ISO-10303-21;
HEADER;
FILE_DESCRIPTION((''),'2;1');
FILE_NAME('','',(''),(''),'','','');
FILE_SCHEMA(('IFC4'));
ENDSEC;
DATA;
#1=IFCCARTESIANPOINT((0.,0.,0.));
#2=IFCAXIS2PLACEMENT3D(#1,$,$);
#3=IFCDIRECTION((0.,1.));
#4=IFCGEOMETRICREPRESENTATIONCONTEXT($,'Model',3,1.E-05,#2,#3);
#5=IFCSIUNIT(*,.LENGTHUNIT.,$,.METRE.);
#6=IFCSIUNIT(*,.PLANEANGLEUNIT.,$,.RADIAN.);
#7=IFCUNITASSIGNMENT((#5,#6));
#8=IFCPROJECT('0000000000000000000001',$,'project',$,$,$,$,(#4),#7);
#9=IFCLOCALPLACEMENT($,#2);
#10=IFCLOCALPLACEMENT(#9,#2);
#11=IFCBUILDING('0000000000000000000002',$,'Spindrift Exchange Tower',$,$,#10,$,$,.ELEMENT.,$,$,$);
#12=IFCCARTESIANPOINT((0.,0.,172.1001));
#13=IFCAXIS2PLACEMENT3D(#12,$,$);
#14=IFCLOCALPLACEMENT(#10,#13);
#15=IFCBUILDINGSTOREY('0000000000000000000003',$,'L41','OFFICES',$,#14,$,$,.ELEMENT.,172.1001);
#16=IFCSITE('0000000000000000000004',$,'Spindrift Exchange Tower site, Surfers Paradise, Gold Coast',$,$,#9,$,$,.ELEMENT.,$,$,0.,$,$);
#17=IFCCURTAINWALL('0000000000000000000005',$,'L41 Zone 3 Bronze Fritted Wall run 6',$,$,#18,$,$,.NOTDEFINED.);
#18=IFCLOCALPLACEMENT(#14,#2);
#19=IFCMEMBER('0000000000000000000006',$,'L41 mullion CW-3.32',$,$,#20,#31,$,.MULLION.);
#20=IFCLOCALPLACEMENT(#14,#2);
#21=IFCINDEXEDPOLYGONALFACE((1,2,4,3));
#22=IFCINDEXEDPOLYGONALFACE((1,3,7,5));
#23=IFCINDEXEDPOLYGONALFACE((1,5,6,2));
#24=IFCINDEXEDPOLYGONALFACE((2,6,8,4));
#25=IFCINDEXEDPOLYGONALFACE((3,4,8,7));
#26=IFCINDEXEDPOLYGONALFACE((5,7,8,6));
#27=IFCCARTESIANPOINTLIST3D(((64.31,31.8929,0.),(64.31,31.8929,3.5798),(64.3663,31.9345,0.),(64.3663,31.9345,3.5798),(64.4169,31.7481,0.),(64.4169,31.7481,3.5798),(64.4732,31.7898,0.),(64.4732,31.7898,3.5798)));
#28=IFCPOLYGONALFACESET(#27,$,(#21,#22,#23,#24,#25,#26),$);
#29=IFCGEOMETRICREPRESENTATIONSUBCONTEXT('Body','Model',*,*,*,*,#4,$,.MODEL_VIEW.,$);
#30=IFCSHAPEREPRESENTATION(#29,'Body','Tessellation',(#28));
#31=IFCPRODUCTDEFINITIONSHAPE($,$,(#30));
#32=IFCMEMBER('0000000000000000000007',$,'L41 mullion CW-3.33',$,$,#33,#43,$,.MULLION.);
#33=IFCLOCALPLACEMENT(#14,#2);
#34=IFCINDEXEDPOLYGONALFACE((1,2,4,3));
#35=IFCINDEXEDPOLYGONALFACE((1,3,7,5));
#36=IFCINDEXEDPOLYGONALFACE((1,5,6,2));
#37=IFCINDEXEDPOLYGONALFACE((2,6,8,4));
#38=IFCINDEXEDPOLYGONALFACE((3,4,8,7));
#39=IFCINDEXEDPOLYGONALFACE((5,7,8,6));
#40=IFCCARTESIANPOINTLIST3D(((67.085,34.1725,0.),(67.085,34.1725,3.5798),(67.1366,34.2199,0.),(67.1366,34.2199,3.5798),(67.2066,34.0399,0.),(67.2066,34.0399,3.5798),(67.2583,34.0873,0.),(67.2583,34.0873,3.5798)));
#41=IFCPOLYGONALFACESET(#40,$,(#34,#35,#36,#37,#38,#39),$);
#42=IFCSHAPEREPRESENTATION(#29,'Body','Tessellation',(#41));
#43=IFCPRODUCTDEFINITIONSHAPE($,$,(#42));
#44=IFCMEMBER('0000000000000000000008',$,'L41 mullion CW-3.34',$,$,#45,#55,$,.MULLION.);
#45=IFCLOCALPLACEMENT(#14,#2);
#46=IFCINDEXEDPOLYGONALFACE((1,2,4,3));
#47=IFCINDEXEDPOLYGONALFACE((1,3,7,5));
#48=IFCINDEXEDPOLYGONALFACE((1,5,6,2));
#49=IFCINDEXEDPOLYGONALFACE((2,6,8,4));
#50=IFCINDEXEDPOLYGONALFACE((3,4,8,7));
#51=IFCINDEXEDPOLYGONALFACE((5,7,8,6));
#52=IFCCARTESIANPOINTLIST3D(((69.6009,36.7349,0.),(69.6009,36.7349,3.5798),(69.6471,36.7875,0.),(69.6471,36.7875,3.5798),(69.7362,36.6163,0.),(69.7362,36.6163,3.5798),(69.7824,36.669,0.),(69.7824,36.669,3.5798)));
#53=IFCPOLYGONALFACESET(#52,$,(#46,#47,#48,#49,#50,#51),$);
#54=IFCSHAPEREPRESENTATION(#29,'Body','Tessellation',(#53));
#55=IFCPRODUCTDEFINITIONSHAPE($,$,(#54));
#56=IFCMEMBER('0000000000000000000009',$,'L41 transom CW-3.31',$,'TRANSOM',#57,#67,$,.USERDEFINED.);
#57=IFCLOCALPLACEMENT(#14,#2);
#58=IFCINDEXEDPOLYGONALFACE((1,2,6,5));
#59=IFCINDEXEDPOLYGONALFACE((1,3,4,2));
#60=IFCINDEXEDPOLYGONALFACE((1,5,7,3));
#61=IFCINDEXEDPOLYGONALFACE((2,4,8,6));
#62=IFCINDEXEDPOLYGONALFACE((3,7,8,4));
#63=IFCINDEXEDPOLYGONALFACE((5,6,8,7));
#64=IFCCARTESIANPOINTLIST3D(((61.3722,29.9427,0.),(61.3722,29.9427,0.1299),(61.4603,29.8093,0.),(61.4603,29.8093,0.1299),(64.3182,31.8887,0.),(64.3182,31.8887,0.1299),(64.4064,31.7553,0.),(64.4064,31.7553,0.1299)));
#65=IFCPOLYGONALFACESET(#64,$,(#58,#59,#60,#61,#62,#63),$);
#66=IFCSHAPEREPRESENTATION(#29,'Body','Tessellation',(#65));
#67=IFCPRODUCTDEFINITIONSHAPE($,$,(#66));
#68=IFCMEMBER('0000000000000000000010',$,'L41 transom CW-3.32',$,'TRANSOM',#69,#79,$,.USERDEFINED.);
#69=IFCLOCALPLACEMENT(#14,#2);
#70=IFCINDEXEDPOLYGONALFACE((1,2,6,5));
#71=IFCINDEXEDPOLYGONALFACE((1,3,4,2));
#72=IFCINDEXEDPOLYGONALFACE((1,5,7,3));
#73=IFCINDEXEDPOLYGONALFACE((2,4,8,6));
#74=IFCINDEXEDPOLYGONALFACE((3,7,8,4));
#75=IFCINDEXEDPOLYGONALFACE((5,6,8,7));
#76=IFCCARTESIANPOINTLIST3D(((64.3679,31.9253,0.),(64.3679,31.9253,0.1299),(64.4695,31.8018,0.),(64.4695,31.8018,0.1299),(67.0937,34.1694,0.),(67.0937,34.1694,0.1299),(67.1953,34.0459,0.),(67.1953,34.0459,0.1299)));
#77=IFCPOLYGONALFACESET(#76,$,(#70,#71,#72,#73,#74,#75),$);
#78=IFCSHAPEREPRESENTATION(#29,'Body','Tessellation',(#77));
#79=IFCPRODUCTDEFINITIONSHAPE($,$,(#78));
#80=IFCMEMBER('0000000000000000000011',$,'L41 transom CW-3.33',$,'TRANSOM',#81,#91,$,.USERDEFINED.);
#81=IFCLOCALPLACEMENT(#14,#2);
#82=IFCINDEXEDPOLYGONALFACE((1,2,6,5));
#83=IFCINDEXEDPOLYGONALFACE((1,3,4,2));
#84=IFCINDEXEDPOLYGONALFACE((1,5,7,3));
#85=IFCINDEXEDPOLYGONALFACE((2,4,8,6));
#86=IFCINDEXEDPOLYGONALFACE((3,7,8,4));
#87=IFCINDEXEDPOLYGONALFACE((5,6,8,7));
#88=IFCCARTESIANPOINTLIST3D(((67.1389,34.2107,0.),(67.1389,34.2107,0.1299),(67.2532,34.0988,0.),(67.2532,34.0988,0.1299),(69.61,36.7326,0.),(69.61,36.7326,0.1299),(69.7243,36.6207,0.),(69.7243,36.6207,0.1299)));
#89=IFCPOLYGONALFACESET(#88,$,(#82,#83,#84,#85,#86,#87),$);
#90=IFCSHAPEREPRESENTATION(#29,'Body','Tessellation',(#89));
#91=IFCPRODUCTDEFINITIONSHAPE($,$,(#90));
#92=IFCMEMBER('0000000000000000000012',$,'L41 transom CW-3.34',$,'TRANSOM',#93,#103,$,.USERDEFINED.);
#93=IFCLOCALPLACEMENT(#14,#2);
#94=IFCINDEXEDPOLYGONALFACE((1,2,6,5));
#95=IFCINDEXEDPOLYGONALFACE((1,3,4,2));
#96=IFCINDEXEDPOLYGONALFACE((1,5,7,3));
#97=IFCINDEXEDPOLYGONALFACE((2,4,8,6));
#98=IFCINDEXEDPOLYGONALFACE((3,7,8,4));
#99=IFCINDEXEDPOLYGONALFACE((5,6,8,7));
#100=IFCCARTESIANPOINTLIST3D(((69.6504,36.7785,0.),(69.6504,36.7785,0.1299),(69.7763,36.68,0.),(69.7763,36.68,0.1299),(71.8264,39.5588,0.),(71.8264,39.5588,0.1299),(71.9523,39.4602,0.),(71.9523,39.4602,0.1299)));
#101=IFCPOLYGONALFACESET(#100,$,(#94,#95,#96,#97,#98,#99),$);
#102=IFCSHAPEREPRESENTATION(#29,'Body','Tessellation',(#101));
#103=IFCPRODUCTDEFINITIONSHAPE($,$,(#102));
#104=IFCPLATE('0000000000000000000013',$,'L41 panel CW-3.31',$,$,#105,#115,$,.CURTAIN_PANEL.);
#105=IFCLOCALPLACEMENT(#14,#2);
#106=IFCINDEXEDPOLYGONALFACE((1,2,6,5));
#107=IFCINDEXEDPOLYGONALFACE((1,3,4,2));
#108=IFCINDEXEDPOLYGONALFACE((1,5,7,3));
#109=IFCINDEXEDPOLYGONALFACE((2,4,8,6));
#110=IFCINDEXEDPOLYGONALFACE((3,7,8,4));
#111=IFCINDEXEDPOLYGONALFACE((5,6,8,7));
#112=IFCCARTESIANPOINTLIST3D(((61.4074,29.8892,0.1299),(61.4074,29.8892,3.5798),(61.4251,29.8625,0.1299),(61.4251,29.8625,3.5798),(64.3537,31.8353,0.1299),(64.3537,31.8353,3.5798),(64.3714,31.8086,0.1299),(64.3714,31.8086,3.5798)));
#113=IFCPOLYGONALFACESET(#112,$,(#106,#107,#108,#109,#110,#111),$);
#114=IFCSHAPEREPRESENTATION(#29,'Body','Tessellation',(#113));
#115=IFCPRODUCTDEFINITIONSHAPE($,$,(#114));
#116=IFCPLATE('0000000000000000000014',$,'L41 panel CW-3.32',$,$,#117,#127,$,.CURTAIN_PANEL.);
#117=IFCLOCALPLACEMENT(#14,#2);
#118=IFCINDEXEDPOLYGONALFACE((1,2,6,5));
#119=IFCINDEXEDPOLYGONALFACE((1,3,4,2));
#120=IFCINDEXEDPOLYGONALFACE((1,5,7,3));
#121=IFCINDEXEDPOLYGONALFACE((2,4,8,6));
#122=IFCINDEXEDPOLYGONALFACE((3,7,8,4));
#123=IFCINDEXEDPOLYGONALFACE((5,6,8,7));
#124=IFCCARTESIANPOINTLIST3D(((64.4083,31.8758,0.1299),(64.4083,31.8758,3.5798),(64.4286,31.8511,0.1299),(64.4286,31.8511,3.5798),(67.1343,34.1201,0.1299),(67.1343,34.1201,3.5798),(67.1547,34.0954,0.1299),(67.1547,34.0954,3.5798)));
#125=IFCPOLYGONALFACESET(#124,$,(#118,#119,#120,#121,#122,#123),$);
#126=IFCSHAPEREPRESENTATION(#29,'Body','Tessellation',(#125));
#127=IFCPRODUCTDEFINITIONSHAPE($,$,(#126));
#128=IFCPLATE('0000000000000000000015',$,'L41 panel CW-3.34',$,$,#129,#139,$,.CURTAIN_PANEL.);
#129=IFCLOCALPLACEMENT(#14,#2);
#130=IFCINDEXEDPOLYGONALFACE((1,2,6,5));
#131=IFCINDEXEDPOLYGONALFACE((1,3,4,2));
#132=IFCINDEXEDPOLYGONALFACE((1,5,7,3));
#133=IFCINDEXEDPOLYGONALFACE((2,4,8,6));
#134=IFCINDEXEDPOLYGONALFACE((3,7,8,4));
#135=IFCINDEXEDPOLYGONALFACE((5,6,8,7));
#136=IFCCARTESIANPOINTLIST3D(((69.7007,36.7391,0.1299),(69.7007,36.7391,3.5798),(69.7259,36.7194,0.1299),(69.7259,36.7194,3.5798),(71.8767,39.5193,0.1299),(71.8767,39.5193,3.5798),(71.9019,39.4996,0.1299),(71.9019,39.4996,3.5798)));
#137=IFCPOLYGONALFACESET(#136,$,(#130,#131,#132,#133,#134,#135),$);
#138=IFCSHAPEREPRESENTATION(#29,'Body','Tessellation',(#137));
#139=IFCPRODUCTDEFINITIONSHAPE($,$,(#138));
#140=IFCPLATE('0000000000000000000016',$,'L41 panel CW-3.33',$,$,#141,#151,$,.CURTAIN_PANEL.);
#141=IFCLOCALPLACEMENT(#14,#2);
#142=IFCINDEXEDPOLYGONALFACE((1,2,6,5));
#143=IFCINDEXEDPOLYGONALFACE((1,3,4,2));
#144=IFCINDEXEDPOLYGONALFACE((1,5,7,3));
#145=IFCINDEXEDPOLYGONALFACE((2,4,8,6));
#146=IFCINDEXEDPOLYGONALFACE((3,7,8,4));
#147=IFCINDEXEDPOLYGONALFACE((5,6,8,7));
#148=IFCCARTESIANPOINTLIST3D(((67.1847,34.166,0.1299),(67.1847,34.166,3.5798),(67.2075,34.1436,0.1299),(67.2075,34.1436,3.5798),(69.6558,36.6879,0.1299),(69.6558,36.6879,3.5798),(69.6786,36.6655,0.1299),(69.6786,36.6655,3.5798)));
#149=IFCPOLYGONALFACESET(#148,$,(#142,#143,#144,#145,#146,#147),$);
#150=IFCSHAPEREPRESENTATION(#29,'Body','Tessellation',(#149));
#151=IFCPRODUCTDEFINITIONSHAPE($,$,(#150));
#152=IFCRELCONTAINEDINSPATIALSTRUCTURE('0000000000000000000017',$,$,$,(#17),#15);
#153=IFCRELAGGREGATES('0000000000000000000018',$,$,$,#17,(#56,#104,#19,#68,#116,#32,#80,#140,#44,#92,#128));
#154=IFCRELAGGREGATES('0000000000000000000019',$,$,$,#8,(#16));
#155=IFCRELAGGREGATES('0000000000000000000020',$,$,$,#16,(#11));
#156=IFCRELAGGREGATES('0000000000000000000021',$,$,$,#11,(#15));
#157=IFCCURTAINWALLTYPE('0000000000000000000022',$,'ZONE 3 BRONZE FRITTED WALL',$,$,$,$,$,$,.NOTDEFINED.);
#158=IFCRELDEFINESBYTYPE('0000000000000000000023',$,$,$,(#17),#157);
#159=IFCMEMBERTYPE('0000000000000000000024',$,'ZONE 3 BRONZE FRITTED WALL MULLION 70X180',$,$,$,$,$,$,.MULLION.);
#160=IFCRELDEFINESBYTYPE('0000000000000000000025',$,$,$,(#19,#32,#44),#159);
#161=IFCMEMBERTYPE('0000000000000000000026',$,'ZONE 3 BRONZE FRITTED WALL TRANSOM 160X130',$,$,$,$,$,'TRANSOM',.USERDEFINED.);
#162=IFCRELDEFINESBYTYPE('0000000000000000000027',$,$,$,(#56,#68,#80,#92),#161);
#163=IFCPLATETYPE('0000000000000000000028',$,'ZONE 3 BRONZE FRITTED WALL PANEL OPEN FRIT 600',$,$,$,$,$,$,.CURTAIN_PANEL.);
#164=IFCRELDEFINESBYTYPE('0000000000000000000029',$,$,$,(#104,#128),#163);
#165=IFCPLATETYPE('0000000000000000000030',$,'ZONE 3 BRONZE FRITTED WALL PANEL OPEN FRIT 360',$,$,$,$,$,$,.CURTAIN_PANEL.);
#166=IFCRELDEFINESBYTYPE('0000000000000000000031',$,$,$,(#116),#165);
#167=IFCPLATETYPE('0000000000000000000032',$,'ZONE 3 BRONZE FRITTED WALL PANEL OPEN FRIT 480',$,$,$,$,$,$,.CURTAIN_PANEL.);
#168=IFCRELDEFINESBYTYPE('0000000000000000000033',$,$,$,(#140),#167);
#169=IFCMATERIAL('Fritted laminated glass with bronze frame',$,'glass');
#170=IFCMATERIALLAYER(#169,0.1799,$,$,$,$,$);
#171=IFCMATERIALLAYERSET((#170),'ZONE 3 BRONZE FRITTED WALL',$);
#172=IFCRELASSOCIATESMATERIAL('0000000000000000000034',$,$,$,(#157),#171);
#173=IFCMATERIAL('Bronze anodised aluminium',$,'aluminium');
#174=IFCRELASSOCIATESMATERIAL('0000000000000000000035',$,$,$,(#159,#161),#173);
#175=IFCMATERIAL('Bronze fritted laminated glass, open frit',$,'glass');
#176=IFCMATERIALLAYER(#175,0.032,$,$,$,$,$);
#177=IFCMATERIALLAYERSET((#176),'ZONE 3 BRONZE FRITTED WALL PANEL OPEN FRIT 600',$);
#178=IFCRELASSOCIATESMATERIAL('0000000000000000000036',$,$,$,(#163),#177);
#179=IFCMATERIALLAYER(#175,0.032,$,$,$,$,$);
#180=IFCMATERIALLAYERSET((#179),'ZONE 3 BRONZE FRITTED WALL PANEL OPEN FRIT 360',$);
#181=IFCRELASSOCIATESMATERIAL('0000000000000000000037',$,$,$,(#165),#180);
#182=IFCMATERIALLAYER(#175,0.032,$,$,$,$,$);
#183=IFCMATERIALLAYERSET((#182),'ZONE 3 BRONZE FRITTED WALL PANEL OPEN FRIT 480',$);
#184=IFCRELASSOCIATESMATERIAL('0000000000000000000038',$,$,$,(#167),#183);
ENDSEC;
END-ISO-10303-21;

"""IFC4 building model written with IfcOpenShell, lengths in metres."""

from ifc_helpers import new_model, si_unit, direction, frame, origin, origin_2d, place, context, subcontext, project, spatial, rectangle, extrude, source, transform, mapped, material, layer, layer_set, material_profile, profile_set, type_object, element, aggregate, save


model = new_model("IFC4")

# Units and contexts
model_context = context("Model", 3, precision=1e-05, world=origin(), true_north=direction((0.0, 1.0)))
body_context = subcontext(model_context, "Body", "Model", "MODEL_VIEW")
ifc_project = project(units=[si_unit("LENGTHUNIT", "METRE"), si_unit("PLANEANGLEUNIT", "RADIAN")], contexts=[model_context])

# Site, building, storey
site_placement = place(None, origin())
site = spatial("IfcSite", under=ifc_project, at=site_placement, Name="Spindrift Exchange Tower site, Surfers Paradise, Gold Coast", CompositionType="ELEMENT", RefElevation=0.0)
building_placement = place(site_placement, origin())
building = spatial("IfcBuilding", under=site, at=building_placement, Name="Spindrift Exchange Tower", CompositionType="ELEMENT")
storey_placement = place(building_placement, frame((0.0, 0.0, 172.1001)))
storey = spatial("IfcBuildingStorey", under=building, at=storey_placement, Name="L41", Description="OFFICES", CompositionType="ELEMENT", Elevation=172.1001)

# Curtain wall, members, plates
ifc_material_1 = material(Name="Fritted laminated glass with bronze frame", Category="glass")
ifc_layer_1 = layer(ifc_material_1, 0.1799)
ifc_layer_set_1 = layer_set([ifc_layer_1], Name="ZONE 3 BRONZE FRITTED WALL")
curtain_wall_type = type_object("IfcCurtainWallType", Name="ZONE 3 BRONZE FRITTED WALL", PredefinedType="NOTDEFINED", material=ifc_layer_set_1)
curtain_wall_placement = place(storey_placement, origin())
curtain_wall = element("IfcCurtainWall", 1, at=curtain_wall_placement, inside=storey, type_object=curtain_wall_type, Name="L41 Zone 3 Bronze Fritted Wall run 6", PredefinedType="NOTDEFINED")
ifc_material_2 = material(Name="Bronze anodised aluminium", Category="aluminium")
ifc_material_profile_1 = material_profile(ifc_material_2, rectangle(XDim=0.0701, YDim=0.1799, at=origin_2d()), Name="ZONE 3 BRONZE FRITTED WALL MULLION 70X180")
ifc_profile_set_1 = profile_set([ifc_material_profile_1], Name="Bronze anodised aluminium")
member_type_1 = type_object("IfcMemberType", Name="ZONE 3 BRONZE FRITTED WALL MULLION 70X180", PredefinedType="MULLION", material=ifc_profile_set_1)
shared_shape_1 = source(origin(), body_context, "Body", "SweptSolid", [
    extrude(rectangle(XDim=0.0701, YDim=0.1799, at=origin_2d()), origin(), (0.0, 0.0, 1.0), 3.5798),
])
member_1_placement = place(storey_placement, frame((64.3916, 31.8413, 0.0), z_axis=(0.0, 0.0, 1.0), x_axis=(0.804327, 0.594186, 0.0)))
member_1 = element("IfcMember", 2, at=member_1_placement, type_object=member_type_1, Name="L41 mullion CW-3.32", PredefinedType="MULLION", context=body_context, shape_type="MappedRepresentation", body=[
    mapped(shared_shape_1, transform((0.0, 0.0, 0.0), scale=1.0)),
])
member_2_placement = place(storey_placement, frame((67.1716, 34.1299, 0.0), z_axis=(0.0, 0.0, 1.0), x_axis=(0.737003, 0.67589, 0.0)))
member_2 = element("IfcMember", 3, at=member_2_placement, type_object=member_type_1, Name="L41 mullion CW-3.33", PredefinedType="MULLION", context=body_context, shape_type="MappedRepresentation", body=[
    mapped(shared_shape_1, transform((0.0, 0.0, 0.0), scale=1.0)),
])
member_3_placement = place(storey_placement, frame((69.6917, 36.7019, 0.0), z_axis=(0.0, 0.0, 1.0), x_axis=(0.659127, 0.752032, 0.0)))
member_3 = element("IfcMember", 4, at=member_3_placement, type_object=member_type_1, Name="L41 mullion CW-3.34", PredefinedType="MULLION", context=body_context, shape_type="MappedRepresentation", body=[
    mapped(shared_shape_1, transform((0.0, 0.0, 0.0), scale=1.0)),
])
ifc_material_profile_2 = material_profile(ifc_material_2, rectangle(XDim=0.1599, YDim=0.1299, at=origin_2d()), Name="ZONE 3 BRONZE FRITTED WALL TRANSOM 160X130")
ifc_profile_set_2 = profile_set([ifc_material_profile_2], Name="Bronze anodised aluminium")
member_type_2 = type_object("IfcMemberType", Name="ZONE 3 BRONZE FRITTED WALL TRANSOM 160X130", ElementType="TRANSOM", PredefinedType="USERDEFINED", material=ifc_profile_set_2)
shared_shape_2 = source(origin(), body_context, "Body", "SweptSolid", [
    extrude(rectangle(XDim=0.1599, YDim=0.1299, at=origin_2d()), origin(), (0.0, 0.0, 1.0), 3.5308),
])
member_4_placement = place(storey_placement, frame((61.4163, 29.876, 0.0649), z_axis=(0.834394, 0.551169, 0.0), x_axis=(-0.551169, 0.834394, 0.0)))
member_4 = element("IfcMember", 5, at=member_4_placement, type_object=member_type_2, Name="L41 transom CW-3.31", ObjectType="TRANSOM", PredefinedType="USERDEFINED", context=body_context, shape_type="MappedRepresentation", body=[
    mapped(shared_shape_2, transform((0.0, 0.0, 0.0), scale=1.0)),
])
member_5_placement = place(storey_placement, frame((64.4187, 31.8635, 0.0649), z_axis=(0.772022, 0.635596, 0.0), x_axis=(-0.635596, 0.772022, 0.0)))
member_5 = element("IfcMember", 6, at=member_5_placement, type_object=member_type_2, Name="L41 transom CW-3.32", ObjectType="TRANSOM", PredefinedType="USERDEFINED", context=body_context, shape_type="MappedRepresentation", body=[
    mapped(shared_shape_2, transform((0.0, 0.0, 0.0), scale=1.0)),
])
member_6_placement = place(storey_placement, frame((67.196, 34.1548, 0.0649), z_axis=(0.699879, 0.714261, 0.0), x_axis=(-0.714261, 0.699879, 0.0)))
member_6 = element("IfcMember", 7, at=member_6_placement, type_object=member_type_2, Name="L41 transom CW-3.33", ObjectType="TRANSOM", PredefinedType="USERDEFINED", context=body_context, shape_type="MappedRepresentation", body=[
    mapped(shared_shape_2, transform((0.0, 0.0, 0.0), scale=1.0)),
])
shared_shape_3 = source(origin(), body_context, "Body", "SweptSolid", [
    extrude(rectangle(XDim=0.1599, YDim=0.1299, at=origin_2d()), origin(), (0.0, 0.0, 1.0), 3.5305),
])
member_7_placement = place(storey_placement, frame((69.7134, 36.7292, 0.0649), z_axis=(0.616336, 0.787483, 0.0), x_axis=(-0.787483, 0.616336, 0.0)))
member_7 = element("IfcMember", 8, at=member_7_placement, type_object=member_type_2, Name="L41 transom CW-3.34", ObjectType="TRANSOM", PredefinedType="USERDEFINED", context=body_context, shape_type="MappedRepresentation", body=[
    mapped(shared_shape_3, transform((0.0, 0.0, 0.0), scale=1.0)),
])
ifc_material_3 = material(Name="Bronze fritted laminated glass, open frit", Category="glass")
ifc_layer_2 = layer(ifc_material_3, 0.032)
ifc_layer_set_2 = layer_set([ifc_layer_2], Name="ZONE 3 BRONZE FRITTED WALL PANEL OPEN FRIT 600")
plate_type_1 = type_object("IfcPlateType", Name="ZONE 3 BRONZE FRITTED WALL PANEL OPEN FRIT 600", PredefinedType="CURTAIN_PANEL", material=ifc_layer_set_2)
shared_shape_4 = source(origin(), body_context, "Body", "SweptSolid", [
    extrude(rectangle(XDim=3.531, YDim=0.032, at=origin_2d()), origin(), (0.0, 0.0, 1.0), 3.45),
])
plate_1_placement = place(storey_placement, frame((62.8894, 30.8489, 0.1299), z_axis=(0.0, 0.0, 1.0), x_axis=(0.834409, 0.551145, 0.0)))
plate_1 = element("IfcPlate", 9, at=plate_1_placement, type_object=plate_type_1, Name="L41 panel CW-3.31", PredefinedType="CURTAIN_PANEL", context=body_context, shape_type="MappedRepresentation", body=[
    mapped(shared_shape_4, transform((0.0, 0.0, 0.0), scale=1.0)),
])
ifc_layer_3 = layer(ifc_material_3, 0.032)
ifc_layer_set_3 = layer_set([ifc_layer_3], Name="ZONE 3 BRONZE FRITTED WALL PANEL OPEN FRIT 360")
plate_type_2 = type_object("IfcPlateType", Name="ZONE 3 BRONZE FRITTED WALL PANEL OPEN FRIT 360", PredefinedType="CURTAIN_PANEL", material=ifc_layer_set_3)
shared_shape_5 = source(origin(), body_context, "Body", "SweptSolid", [
    extrude(rectangle(XDim=3.531, YDim=0.032, at=origin_2d()), origin(), (0.0, 0.0, 1.0), 3.45),
])
plate_2_placement = place(storey_placement, frame((65.7815, 32.9856, 0.1299), z_axis=(0.0, 0.0, 1.0), x_axis=(0.772027, 0.635589, 0.0)))
plate_2 = element("IfcPlate", 10, at=plate_2_placement, type_object=plate_type_2, Name="L41 panel CW-3.32", PredefinedType="CURTAIN_PANEL", context=body_context, shape_type="MappedRepresentation", body=[
    mapped(shared_shape_5, transform((0.0, 0.0, 0.0), scale=1.0)),
])
shared_shape_6 = source(origin(), body_context, "Body", "SweptSolid", [
    extrude(rectangle(XDim=3.5305, YDim=0.032, at=origin_2d()), origin(), (0.0, 0.0, 1.0), 3.45),
])
plate_3_placement = place(storey_placement, frame((70.8013, 38.1194, 0.1299), z_axis=(0.0, 0.0, 1.0), x_axis=(0.616341, 0.78748, 0.0)))
plate_3 = element("IfcPlate", 11, at=plate_3_placement, type_object=plate_type_1, Name="L41 panel CW-3.34", PredefinedType="CURTAIN_PANEL", context=body_context, shape_type="MappedRepresentation", body=[
    mapped(shared_shape_6, transform((0.0, 0.0, 0.0), scale=1.0)),
])
ifc_layer_4 = layer(ifc_material_3, 0.032)
ifc_layer_set_4 = layer_set([ifc_layer_4], Name="ZONE 3 BRONZE FRITTED WALL PANEL OPEN FRIT 480")
plate_type_3 = type_object("IfcPlateType", Name="ZONE 3 BRONZE FRITTED WALL PANEL OPEN FRIT 480", PredefinedType="CURTAIN_PANEL", material=ifc_layer_set_4)
shared_shape_7 = source(origin(), body_context, "Body", "SweptSolid", [
    extrude(rectangle(XDim=3.5308, YDim=0.032, at=origin_2d()), origin(), (0.0, 0.0, 1.0), 3.45),
])
plate_4_placement = place(storey_placement, frame((68.4316, 35.4158, 0.1299), z_axis=(0.0, 0.0, 1.0), x_axis=(0.699878, 0.714263, 0.0)))
plate_4 = element("IfcPlate", 12, at=plate_4_placement, type_object=plate_type_3, Name="L41 panel CW-3.33", PredefinedType="CURTAIN_PANEL", context=body_context, shape_type="MappedRepresentation", body=[
    mapped(shared_shape_7, transform((0.0, 0.0, 0.0), scale=1.0)),
])
aggregate(curtain_wall, [member_4, plate_1, member_1, member_5, plate_2, member_2, member_6, plate_4, member_3, member_7, plate_3])

save(model, "model.ifc")
